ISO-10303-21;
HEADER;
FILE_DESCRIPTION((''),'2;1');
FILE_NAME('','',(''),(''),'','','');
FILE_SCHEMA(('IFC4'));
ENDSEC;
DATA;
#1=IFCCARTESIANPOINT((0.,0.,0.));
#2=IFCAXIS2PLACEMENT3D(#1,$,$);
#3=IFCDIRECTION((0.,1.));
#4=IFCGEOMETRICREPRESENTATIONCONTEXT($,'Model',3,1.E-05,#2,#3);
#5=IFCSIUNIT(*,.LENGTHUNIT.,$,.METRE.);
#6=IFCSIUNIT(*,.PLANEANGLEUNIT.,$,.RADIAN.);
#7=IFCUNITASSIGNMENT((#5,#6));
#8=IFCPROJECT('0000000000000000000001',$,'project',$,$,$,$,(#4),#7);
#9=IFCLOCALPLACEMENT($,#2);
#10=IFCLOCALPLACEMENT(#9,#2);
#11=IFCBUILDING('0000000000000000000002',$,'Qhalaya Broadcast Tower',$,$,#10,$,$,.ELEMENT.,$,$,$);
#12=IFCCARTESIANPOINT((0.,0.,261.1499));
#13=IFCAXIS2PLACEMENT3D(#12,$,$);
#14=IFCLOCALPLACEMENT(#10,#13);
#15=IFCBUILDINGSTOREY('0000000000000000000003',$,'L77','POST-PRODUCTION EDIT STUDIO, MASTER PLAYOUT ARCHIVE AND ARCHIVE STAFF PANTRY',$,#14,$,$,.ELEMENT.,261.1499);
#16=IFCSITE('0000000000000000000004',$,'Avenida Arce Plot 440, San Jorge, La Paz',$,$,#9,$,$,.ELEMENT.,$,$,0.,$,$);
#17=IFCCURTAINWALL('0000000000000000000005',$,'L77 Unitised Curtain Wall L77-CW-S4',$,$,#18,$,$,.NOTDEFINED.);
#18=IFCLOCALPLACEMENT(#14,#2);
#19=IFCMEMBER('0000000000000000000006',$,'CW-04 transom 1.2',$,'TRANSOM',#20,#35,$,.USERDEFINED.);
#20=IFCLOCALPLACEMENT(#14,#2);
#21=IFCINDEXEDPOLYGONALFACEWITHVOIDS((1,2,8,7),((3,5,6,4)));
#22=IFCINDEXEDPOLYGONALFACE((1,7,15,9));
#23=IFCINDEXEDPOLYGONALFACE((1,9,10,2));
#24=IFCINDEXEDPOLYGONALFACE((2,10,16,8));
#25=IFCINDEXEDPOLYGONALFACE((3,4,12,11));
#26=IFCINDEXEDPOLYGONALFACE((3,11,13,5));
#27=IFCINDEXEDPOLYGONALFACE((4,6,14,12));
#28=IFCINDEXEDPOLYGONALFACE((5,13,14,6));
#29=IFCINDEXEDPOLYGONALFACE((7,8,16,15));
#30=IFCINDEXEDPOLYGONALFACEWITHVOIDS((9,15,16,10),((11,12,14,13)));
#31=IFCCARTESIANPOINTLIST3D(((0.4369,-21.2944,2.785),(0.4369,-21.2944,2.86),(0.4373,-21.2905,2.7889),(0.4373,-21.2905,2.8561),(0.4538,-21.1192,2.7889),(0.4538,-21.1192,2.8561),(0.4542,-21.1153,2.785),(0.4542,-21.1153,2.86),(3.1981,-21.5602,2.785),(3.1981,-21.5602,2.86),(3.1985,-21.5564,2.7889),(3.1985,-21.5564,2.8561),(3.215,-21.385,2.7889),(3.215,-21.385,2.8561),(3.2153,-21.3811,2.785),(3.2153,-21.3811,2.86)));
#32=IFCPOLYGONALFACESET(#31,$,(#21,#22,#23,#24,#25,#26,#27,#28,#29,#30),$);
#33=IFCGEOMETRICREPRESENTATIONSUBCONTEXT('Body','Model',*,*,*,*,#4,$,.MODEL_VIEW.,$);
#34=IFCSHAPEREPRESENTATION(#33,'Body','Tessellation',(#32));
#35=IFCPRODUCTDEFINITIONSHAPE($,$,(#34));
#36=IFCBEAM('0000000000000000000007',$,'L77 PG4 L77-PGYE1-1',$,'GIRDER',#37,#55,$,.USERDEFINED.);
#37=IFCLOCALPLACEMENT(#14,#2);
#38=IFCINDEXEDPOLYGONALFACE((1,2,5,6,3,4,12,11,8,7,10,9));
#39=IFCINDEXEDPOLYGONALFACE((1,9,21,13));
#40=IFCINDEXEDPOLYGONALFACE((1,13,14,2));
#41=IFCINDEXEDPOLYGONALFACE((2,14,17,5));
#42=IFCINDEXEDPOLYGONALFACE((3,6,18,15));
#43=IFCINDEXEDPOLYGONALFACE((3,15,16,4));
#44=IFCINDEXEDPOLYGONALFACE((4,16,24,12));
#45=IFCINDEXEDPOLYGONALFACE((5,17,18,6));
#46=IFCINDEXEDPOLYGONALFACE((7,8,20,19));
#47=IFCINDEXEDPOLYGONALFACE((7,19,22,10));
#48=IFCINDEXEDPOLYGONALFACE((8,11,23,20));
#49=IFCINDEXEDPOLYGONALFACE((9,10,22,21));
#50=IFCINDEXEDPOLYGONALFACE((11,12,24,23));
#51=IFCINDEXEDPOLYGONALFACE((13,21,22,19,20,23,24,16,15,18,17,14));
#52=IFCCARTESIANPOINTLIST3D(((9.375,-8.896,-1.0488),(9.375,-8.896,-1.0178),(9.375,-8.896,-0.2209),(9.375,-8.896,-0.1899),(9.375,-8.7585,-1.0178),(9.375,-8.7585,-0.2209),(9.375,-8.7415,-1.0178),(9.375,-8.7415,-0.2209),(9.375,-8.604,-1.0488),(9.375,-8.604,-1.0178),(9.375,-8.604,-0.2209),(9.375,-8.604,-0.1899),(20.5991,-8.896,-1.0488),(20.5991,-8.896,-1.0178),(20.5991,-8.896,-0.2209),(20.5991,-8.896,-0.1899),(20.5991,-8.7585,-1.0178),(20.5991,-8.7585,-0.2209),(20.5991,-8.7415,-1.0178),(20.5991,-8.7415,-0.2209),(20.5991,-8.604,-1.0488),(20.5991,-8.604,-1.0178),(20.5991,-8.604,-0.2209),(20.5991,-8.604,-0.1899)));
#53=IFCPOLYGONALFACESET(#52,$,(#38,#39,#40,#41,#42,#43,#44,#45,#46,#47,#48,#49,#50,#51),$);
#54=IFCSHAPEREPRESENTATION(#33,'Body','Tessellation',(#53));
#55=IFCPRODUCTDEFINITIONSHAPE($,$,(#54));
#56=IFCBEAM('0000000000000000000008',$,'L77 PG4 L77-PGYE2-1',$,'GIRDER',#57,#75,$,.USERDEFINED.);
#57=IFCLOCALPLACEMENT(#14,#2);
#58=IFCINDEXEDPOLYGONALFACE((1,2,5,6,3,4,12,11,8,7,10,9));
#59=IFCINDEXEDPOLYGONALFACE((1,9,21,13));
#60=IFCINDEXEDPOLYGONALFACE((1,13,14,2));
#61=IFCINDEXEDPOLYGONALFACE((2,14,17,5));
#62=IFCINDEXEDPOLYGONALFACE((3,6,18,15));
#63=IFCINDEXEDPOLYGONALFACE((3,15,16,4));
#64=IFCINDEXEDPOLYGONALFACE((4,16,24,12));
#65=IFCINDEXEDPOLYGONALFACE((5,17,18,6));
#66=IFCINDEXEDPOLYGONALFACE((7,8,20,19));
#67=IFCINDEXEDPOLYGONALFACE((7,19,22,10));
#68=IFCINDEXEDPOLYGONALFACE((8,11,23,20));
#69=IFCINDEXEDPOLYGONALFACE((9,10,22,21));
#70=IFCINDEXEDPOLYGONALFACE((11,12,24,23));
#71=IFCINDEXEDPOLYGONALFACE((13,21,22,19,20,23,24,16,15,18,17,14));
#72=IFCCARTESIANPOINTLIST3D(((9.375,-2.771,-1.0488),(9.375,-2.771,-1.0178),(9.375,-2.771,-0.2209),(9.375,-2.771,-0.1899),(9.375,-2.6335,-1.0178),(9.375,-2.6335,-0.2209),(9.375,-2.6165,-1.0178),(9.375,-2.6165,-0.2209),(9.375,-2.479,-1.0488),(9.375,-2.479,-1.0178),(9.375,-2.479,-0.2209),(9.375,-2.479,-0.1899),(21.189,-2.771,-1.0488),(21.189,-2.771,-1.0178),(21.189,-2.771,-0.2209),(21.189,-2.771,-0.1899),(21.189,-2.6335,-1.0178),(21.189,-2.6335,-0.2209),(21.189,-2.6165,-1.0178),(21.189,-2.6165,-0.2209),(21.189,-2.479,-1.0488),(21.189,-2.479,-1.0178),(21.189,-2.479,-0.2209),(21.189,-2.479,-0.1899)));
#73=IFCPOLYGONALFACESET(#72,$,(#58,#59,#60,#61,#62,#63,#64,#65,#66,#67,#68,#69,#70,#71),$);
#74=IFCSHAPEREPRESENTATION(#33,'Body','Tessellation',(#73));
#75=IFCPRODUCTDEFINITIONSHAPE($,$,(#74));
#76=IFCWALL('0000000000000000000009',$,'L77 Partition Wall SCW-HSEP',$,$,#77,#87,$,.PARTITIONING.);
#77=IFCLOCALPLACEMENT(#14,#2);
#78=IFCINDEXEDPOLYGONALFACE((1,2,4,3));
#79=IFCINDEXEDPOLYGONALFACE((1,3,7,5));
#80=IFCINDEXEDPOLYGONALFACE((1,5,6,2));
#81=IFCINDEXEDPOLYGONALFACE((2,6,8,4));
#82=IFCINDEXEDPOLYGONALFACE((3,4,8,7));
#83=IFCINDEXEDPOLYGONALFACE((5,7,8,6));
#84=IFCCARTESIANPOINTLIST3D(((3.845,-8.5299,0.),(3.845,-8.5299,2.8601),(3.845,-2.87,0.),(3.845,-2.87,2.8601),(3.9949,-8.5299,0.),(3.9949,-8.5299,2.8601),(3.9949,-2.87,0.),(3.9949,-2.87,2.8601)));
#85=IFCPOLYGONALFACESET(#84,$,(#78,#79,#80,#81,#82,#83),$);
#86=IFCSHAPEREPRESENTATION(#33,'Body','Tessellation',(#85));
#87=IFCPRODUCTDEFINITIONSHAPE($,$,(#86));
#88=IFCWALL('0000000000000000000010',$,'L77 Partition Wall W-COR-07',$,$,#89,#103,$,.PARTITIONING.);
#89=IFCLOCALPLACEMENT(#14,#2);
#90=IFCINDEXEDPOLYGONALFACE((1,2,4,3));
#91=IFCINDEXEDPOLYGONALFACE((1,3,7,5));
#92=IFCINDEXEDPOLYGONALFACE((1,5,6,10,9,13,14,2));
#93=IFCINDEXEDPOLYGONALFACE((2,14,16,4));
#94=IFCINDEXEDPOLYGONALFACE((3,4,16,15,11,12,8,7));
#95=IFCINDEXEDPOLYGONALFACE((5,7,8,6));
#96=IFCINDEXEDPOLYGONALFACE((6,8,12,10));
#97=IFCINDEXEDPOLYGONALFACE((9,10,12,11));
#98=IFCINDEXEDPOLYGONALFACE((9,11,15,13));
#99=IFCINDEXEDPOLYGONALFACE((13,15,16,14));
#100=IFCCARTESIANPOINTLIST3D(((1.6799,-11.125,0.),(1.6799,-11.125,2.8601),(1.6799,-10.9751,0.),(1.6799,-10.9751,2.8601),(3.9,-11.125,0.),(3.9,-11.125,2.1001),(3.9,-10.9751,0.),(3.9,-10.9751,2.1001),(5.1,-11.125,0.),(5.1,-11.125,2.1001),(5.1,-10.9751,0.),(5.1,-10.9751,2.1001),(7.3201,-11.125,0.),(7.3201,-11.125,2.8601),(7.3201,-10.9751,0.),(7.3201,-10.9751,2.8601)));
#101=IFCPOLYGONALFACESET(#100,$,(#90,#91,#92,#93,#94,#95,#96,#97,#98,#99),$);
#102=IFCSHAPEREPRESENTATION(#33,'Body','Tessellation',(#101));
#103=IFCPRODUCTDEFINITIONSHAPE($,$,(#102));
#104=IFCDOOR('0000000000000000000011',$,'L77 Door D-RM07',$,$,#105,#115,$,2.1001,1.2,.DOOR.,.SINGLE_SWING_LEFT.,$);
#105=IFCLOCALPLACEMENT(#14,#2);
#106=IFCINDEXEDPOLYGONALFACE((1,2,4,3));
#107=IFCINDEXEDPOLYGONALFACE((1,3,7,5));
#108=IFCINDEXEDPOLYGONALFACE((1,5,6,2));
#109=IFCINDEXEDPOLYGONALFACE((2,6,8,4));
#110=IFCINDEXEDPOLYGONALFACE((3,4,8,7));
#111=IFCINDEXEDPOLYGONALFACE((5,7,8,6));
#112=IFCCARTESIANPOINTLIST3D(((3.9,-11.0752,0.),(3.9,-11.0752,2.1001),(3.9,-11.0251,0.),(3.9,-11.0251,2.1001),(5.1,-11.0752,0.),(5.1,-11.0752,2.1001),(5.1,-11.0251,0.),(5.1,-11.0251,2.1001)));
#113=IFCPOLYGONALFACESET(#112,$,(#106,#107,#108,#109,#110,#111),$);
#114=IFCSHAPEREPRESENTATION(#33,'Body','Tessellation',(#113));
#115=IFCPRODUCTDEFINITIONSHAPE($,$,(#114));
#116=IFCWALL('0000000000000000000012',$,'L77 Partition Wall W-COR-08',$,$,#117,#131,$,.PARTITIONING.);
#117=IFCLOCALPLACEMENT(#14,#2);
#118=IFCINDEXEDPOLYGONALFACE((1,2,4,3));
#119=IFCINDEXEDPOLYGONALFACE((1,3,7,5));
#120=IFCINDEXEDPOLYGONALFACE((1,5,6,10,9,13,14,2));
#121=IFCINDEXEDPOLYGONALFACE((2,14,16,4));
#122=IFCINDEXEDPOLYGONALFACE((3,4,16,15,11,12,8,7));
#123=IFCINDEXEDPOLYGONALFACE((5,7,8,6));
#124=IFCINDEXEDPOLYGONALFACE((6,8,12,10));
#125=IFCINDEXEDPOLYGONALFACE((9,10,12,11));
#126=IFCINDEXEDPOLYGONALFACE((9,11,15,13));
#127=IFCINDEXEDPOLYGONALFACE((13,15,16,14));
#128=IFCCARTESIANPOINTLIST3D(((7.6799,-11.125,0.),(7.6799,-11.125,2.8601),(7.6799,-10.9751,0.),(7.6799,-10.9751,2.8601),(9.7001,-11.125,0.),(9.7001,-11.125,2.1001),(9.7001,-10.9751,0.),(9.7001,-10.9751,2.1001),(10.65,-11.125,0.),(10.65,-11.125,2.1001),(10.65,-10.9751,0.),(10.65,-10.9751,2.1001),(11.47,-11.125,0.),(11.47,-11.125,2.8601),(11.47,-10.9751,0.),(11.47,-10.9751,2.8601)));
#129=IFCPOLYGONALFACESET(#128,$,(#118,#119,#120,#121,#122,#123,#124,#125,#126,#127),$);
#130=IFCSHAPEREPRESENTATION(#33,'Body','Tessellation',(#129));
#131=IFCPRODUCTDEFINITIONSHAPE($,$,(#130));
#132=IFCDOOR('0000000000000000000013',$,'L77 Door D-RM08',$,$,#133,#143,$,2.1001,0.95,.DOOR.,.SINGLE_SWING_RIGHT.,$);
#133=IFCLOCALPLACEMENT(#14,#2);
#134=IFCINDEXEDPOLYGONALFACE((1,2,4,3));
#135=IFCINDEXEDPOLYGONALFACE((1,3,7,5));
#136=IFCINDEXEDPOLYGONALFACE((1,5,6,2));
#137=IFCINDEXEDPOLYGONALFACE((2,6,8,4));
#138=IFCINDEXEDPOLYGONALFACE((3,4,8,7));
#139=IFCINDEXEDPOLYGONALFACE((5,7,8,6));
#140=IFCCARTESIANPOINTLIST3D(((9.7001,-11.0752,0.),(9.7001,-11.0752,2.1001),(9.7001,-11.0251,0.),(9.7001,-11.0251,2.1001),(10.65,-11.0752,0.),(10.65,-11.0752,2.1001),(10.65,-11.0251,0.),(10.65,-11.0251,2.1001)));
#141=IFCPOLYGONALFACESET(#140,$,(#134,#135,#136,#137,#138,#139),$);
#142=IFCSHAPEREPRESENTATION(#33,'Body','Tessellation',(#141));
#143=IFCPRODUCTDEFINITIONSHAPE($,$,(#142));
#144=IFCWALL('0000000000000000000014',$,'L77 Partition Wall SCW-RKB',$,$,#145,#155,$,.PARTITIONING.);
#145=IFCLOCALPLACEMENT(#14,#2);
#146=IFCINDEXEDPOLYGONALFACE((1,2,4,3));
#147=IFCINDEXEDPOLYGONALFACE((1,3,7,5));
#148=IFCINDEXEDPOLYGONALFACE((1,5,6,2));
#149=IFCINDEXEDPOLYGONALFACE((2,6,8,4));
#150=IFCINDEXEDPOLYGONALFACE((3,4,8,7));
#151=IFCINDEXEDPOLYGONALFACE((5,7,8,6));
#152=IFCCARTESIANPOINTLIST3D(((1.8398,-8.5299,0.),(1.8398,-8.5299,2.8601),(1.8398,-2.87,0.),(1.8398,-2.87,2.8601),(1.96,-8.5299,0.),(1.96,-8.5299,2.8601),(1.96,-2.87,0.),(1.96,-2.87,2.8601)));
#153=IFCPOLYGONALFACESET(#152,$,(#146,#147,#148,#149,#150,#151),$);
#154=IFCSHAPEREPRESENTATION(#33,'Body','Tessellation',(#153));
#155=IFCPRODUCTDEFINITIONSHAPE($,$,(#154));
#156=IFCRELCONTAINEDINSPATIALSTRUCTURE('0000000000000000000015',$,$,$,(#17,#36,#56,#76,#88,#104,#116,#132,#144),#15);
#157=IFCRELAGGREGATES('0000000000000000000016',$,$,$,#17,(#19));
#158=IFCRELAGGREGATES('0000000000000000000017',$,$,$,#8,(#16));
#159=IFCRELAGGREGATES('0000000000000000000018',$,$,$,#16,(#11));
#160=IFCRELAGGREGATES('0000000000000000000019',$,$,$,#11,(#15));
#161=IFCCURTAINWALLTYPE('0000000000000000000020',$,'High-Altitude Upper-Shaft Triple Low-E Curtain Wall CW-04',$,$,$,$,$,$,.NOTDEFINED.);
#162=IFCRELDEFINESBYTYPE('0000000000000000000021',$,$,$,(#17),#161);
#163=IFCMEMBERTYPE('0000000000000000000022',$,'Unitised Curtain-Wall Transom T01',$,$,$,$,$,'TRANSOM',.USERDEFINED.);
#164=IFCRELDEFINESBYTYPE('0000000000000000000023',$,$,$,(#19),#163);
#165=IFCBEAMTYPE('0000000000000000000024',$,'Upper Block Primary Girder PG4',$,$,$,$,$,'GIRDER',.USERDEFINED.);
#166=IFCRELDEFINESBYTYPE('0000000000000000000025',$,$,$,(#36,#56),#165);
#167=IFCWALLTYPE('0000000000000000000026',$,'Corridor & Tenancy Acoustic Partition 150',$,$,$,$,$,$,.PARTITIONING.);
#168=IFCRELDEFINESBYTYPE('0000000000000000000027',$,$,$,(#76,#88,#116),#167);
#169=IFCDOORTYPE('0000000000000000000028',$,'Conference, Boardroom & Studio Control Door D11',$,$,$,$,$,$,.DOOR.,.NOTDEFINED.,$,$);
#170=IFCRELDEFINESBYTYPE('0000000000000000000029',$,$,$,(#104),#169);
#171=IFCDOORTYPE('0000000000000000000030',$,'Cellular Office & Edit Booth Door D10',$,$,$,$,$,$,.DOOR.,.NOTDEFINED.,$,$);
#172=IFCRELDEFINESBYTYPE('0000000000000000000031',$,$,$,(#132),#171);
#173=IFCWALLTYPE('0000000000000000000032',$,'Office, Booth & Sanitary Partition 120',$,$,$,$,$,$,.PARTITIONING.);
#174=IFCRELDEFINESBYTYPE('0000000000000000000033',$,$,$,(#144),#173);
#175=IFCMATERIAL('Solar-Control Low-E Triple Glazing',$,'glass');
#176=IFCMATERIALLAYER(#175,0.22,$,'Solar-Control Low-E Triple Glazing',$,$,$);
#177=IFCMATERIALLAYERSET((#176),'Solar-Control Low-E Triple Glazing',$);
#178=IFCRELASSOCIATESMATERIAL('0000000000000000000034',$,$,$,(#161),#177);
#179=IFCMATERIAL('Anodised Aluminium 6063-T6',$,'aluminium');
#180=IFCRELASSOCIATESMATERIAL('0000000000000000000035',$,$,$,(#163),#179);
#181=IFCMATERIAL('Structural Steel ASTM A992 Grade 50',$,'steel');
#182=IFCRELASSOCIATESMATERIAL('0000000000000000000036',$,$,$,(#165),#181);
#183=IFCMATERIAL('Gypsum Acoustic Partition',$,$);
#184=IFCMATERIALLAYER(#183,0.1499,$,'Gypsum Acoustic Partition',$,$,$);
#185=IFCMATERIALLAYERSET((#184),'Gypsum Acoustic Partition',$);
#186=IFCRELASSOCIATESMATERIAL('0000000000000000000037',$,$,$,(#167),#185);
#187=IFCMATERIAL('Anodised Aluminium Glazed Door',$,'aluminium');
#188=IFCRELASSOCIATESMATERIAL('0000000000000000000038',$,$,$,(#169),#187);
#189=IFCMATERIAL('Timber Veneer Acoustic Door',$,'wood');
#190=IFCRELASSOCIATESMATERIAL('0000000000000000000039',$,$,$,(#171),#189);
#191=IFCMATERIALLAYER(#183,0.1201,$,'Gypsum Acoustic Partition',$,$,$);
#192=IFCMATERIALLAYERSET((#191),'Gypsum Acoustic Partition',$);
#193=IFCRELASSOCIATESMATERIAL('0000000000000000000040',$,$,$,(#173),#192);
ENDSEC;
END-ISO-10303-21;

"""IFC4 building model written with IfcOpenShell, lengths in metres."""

from ifc_helpers import new_model, si_unit, direction, frame, frame_2d, origin, origin_2d, place, context, subcontext, project, spatial, rectangle, hollow_rectangle, i_section, extrude, material, layer, layer_set, material_profile, profile_set, type_object, element, fill, aggregate, save


model = new_model("IFC4")

# Units and contexts
model_context = context("Model", 3, precision=1e-05, world=origin(), true_north=direction((0.0, 1.0)))
body_context = subcontext(model_context, "Body", "Model", "MODEL_VIEW")
ifc_project = project(units=[si_unit("LENGTHUNIT", "METRE"), si_unit("PLANEANGLEUNIT", "RADIAN")], contexts=[model_context])

# Site, building, storey
site_placement = place(None, origin())
site = spatial("IfcSite", under=ifc_project, at=site_placement, Name="Avenida Arce Plot 440, San Jorge, La Paz", CompositionType="ELEMENT", RefElevation=0.0)
building_placement = place(site_placement, origin())
building = spatial("IfcBuilding", under=site, at=building_placement, Name="Qhalaya Broadcast Tower", CompositionType="ELEMENT")
storey_placement = place(building_placement, frame((0.0, 0.0, 261.1499)))
storey = spatial("IfcBuildingStorey", under=building, at=storey_placement, Name="L77", Description="POST-PRODUCTION EDIT STUDIO, MASTER PLAYOUT ARCHIVE AND ARCHIVE STAFF PANTRY", CompositionType="ELEMENT", Elevation=261.1499)

# Shared definitions
ifc_material_1 = material(Name="Structural Steel ASTM A992 Grade 50", Category="steel")

# Curtain wall, member
ifc_material_2 = material(Name="Solar-Control Low-E Triple Glazing", Category="glass")
ifc_layer_1 = layer(ifc_material_2, 0.22, Name="Solar-Control Low-E Triple Glazing")
ifc_layer_set_1 = layer_set([ifc_layer_1], Name="Solar-Control Low-E Triple Glazing")
curtain_wall_type = type_object("IfcCurtainWallType", Name="High-Altitude Upper-Shaft Triple Low-E Curtain Wall CW-04", PredefinedType="NOTDEFINED", material=ifc_layer_set_1)
curtain_wall_placement = place(storey_placement, origin())
curtain_wall = element("IfcCurtainWall", 1, at=curtain_wall_placement, inside=storey, type_object=curtain_wall_type, Name="L77 Unitised Curtain Wall L77-CW-S4", PredefinedType="NOTDEFINED")
ifc_material_3 = material(Name="Anodised Aluminium 6063-T6", Category="aluminium")
ifc_material_profile_1 = material_profile(ifc_material_3, hollow_rectangle(XDim=0.075, YDim=0.1799, WallThickness=0.0039, at=origin_2d()), Name="ALU-TRN 75x180x4")
ifc_profile_set_1 = profile_set([ifc_material_profile_1], Name="Anodised Aluminium 6063-T6")
member_type_1 = type_object("IfcMemberType", Name="Unitised Curtain-Wall Transom T01", ElementType="TRANSOM", PredefinedType="USERDEFINED", material=ifc_profile_set_1)
member_1_placement = place(storey_placement, frame((0.4456, -21.2048, 2.8225), z_axis=(0.995396, -0.095843, 0.0), x_axis=(0.0, 0.0, 1.0)))
member_1 = element("IfcMember", 2, at=member_1_placement, type_object=member_type_1, Name="CW-04 transom 1.2", ObjectType="TRANSOM", PredefinedType="USERDEFINED", context=body_context, shape_type="SweptSolid", body=[
    extrude(hollow_rectangle(XDim=0.075, YDim=0.1799, WallThickness=0.0039, at=origin_2d()), origin(), (0.0, 0.0, 1.0), 2.7739),
])
aggregate(curtain_wall, [member_1])

# Beams
ifc_material_profile_2 = material_profile(ifc_material_1, i_section(OverallWidth=0.292, OverallDepth=0.8589, WebThickness=0.0171, FlangeThickness=0.031, at=origin_2d()), Name="W33X169")
ifc_profile_set_2 = profile_set([ifc_material_profile_2], Name="Structural Steel ASTM A992 Grade 50")
beam_type_1 = type_object("IfcBeamType", Name="Upper Block Primary Girder PG4", ElementType="GIRDER", PredefinedType="USERDEFINED", material=ifc_profile_set_2)
beam_1_placement = place(storey_placement, frame((9.375, -8.75, -0.6194), z_axis=(1.0, 0.0, 0.0), x_axis=(0.0, 1.0, 0.0)))
element("IfcBeam", 3, at=beam_1_placement, inside=storey, type_object=beam_type_1, Name="L77 PG4 L77-PGYE1-1", ObjectType="GIRDER", PredefinedType="USERDEFINED", context=body_context, shape_type="SweptSolid", body=[
    extrude(i_section(OverallWidth=0.292, OverallDepth=0.8589, WebThickness=0.0171, FlangeThickness=0.031, at=origin_2d()), origin(), (0.0, 0.0, 1.0), 11.2241),
])
beam_2_placement = place(storey_placement, frame((9.375, -2.625, -0.6194), z_axis=(1.0, 0.0, 0.0), x_axis=(0.0, 1.0, 0.0)))
element("IfcBeam", 4, at=beam_2_placement, inside=storey, type_object=beam_type_1, Name="L77 PG4 L77-PGYE2-1", ObjectType="GIRDER", PredefinedType="USERDEFINED", context=body_context, shape_type="SweptSolid", body=[
    extrude(i_section(OverallWidth=0.292, OverallDepth=0.8589, WebThickness=0.0171, FlangeThickness=0.031, at=origin_2d()), origin(), (0.0, 0.0, 1.0), 11.814),
])

# Wall
ifc_material_4 = material(Name="Gypsum Acoustic Partition")
ifc_layer_2 = layer(ifc_material_4, 0.1499, Name="Gypsum Acoustic Partition")
ifc_layer_set_2 = layer_set([ifc_layer_2], Name="Gypsum Acoustic Partition")
wall_type_1 = type_object("IfcWallType", Name="Corridor & Tenancy Acoustic Partition 150", PredefinedType="PARTITIONING", material=ifc_layer_set_2)
wall_1_placement = place(storey_placement, frame((3.9199, -8.53, 0.0), z_axis=(0.0, 0.0, 1.0), x_axis=(0.0, 1.0, 0.0)))
element("IfcWall", 5, at=wall_1_placement, inside=storey, type_object=wall_type_1, Name="L77 Partition Wall SCW-HSEP", PredefinedType="PARTITIONING", context=body_context, shape_type="SweptSolid", body=[
    extrude(rectangle(XDim=5.6599, YDim=0.1499, at=frame_2d((2.8301, 0.0))), origin(), (0.0, 0.0, 1.0), 2.8601),
])

# Walls, openings, doors
wall_2_placement = place(storey_placement, frame((1.6799, -11.05, 0.0), z_axis=(0.0, 0.0, 1.0), x_axis=(1.0, 0.0, 0.0)))
wall_2 = element("IfcWall", 6, at=wall_2_placement, inside=storey, type_object=wall_type_1, Name="L77 Partition Wall W-COR-07", PredefinedType="PARTITIONING", context=body_context, shape_type="SweptSolid", body=[
    extrude(rectangle(XDim=5.6401, YDim=0.1499, at=frame_2d((2.8201, 0.0))), origin(), (0.0, 0.0, 1.0), 2.8601),
])
opening_1_placement = place(wall_2_placement, frame((2.22, 0.0, 0.0)))
opening_1 = element("IfcOpeningElement", 7, at=opening_1_placement, cuts=wall_2, PredefinedType="OPENING", context=body_context, shape_type="SweptSolid", body=[
    extrude(rectangle(XDim=1.2, YDim=2.1001, at=frame_2d((0.6001, 1.05))), frame((0.0, 0.0869, 0.0), z_axis=(0.0, -1.0, 0.0), x_axis=(1.0, 0.0, 0.0)), (0.0, 0.0, 1.0), 0.1738),
])
ifc_material_5 = material(Name="Anodised Aluminium Glazed Door", Category="aluminium")
door_type_1 = type_object("IfcDoorType", Name="Conference, Boardroom & Studio Control Door D11", OperationType="NOTDEFINED", PredefinedType="DOOR", material=ifc_material_5)
door_1_placement = place(opening_1_placement, origin())
door_1 = element("IfcDoor", 8, at=door_1_placement, inside=storey, type_object=door_type_1, Name="L77 Door D-RM07", OperationType="SINGLE_SWING_LEFT", OverallHeight=2.1001, OverallWidth=1.2, PredefinedType="DOOR", context=body_context, shape_type="SweptSolid", body=[
    extrude(rectangle(XDim=1.2, YDim=2.1001, at=frame_2d((0.6001, 1.05))), frame((0.0, 0.0249, 0.0), z_axis=(0.0, -1.0, 0.0), x_axis=(1.0, 0.0, 0.0)), (0.0, 0.0, 1.0), 0.05),
])
fill(opening_1, door_1)
wall_3_placement = place(storey_placement, frame((7.6799, -11.05, 0.0), z_axis=(0.0, 0.0, 1.0), x_axis=(1.0, 0.0, 0.0)))
wall_3 = element("IfcWall", 9, at=wall_3_placement, inside=storey, type_object=wall_type_1, Name="L77 Partition Wall W-COR-08", PredefinedType="PARTITIONING", context=body_context, shape_type="SweptSolid", body=[
    extrude(rectangle(XDim=3.79, YDim=0.1499, at=frame_2d((1.895, 0.0))), origin(), (0.0, 0.0, 1.0), 2.8601),
])
opening_2_placement = place(wall_3_placement, frame((2.02, 0.0, 0.0)))
opening_2 = element("IfcOpeningElement", 10, at=opening_2_placement, cuts=wall_3, PredefinedType="OPENING", context=body_context, shape_type="SweptSolid", body=[
    extrude(rectangle(XDim=0.95, YDim=2.1001, at=frame_2d((0.4751, 1.05))), frame((0.0, 0.0869, 0.0), z_axis=(0.0, -1.0, 0.0), x_axis=(1.0, 0.0, 0.0)), (0.0, 0.0, 1.0), 0.1738),
])
ifc_material_6 = material(Name="Timber Veneer Acoustic Door", Category="wood")
door_type_2 = type_object("IfcDoorType", Name="Cellular Office & Edit Booth Door D10", OperationType="NOTDEFINED", PredefinedType="DOOR", material=ifc_material_6)
door_2_placement = place(opening_2_placement, origin())
door_2 = element("IfcDoor", 11, at=door_2_placement, inside=storey, type_object=door_type_2, Name="L77 Door D-RM08", OperationType="SINGLE_SWING_RIGHT", OverallHeight=2.1001, OverallWidth=0.95, PredefinedType="DOOR", context=body_context, shape_type="SweptSolid", body=[
    extrude(rectangle(XDim=0.95, YDim=2.1001, at=frame_2d((0.4751, 1.05))), frame((0.0, 0.0249, 0.0), z_axis=(0.0, -1.0, 0.0), x_axis=(1.0, 0.0, 0.0)), (0.0, 0.0, 1.0), 0.05),
])
fill(opening_2, door_2)

# Wall
ifc_layer_3 = layer(ifc_material_4, 0.1201, Name="Gypsum Acoustic Partition")
ifc_layer_set_3 = layer_set([ifc_layer_3], Name="Gypsum Acoustic Partition")
wall_type_2 = type_object("IfcWallType", Name="Office, Booth & Sanitary Partition 120", PredefinedType="PARTITIONING", material=ifc_layer_set_3)
wall_4_placement = place(storey_placement, frame((1.8999, -8.53, 0.0), z_axis=(0.0, 0.0, 1.0), x_axis=(0.0, 1.0, 0.0)))
element("IfcWall", 12, at=wall_4_placement, inside=storey, type_object=wall_type_2, Name="L77 Partition Wall SCW-RKB", PredefinedType="PARTITIONING", context=body_context, shape_type="SweptSolid", body=[
    extrude(rectangle(XDim=5.6599, YDim=0.1201, at=frame_2d((2.8301, 0.0))), origin(), (0.0, 0.0, 1.0), 2.8601),
])

save(model, "model.ifc")
